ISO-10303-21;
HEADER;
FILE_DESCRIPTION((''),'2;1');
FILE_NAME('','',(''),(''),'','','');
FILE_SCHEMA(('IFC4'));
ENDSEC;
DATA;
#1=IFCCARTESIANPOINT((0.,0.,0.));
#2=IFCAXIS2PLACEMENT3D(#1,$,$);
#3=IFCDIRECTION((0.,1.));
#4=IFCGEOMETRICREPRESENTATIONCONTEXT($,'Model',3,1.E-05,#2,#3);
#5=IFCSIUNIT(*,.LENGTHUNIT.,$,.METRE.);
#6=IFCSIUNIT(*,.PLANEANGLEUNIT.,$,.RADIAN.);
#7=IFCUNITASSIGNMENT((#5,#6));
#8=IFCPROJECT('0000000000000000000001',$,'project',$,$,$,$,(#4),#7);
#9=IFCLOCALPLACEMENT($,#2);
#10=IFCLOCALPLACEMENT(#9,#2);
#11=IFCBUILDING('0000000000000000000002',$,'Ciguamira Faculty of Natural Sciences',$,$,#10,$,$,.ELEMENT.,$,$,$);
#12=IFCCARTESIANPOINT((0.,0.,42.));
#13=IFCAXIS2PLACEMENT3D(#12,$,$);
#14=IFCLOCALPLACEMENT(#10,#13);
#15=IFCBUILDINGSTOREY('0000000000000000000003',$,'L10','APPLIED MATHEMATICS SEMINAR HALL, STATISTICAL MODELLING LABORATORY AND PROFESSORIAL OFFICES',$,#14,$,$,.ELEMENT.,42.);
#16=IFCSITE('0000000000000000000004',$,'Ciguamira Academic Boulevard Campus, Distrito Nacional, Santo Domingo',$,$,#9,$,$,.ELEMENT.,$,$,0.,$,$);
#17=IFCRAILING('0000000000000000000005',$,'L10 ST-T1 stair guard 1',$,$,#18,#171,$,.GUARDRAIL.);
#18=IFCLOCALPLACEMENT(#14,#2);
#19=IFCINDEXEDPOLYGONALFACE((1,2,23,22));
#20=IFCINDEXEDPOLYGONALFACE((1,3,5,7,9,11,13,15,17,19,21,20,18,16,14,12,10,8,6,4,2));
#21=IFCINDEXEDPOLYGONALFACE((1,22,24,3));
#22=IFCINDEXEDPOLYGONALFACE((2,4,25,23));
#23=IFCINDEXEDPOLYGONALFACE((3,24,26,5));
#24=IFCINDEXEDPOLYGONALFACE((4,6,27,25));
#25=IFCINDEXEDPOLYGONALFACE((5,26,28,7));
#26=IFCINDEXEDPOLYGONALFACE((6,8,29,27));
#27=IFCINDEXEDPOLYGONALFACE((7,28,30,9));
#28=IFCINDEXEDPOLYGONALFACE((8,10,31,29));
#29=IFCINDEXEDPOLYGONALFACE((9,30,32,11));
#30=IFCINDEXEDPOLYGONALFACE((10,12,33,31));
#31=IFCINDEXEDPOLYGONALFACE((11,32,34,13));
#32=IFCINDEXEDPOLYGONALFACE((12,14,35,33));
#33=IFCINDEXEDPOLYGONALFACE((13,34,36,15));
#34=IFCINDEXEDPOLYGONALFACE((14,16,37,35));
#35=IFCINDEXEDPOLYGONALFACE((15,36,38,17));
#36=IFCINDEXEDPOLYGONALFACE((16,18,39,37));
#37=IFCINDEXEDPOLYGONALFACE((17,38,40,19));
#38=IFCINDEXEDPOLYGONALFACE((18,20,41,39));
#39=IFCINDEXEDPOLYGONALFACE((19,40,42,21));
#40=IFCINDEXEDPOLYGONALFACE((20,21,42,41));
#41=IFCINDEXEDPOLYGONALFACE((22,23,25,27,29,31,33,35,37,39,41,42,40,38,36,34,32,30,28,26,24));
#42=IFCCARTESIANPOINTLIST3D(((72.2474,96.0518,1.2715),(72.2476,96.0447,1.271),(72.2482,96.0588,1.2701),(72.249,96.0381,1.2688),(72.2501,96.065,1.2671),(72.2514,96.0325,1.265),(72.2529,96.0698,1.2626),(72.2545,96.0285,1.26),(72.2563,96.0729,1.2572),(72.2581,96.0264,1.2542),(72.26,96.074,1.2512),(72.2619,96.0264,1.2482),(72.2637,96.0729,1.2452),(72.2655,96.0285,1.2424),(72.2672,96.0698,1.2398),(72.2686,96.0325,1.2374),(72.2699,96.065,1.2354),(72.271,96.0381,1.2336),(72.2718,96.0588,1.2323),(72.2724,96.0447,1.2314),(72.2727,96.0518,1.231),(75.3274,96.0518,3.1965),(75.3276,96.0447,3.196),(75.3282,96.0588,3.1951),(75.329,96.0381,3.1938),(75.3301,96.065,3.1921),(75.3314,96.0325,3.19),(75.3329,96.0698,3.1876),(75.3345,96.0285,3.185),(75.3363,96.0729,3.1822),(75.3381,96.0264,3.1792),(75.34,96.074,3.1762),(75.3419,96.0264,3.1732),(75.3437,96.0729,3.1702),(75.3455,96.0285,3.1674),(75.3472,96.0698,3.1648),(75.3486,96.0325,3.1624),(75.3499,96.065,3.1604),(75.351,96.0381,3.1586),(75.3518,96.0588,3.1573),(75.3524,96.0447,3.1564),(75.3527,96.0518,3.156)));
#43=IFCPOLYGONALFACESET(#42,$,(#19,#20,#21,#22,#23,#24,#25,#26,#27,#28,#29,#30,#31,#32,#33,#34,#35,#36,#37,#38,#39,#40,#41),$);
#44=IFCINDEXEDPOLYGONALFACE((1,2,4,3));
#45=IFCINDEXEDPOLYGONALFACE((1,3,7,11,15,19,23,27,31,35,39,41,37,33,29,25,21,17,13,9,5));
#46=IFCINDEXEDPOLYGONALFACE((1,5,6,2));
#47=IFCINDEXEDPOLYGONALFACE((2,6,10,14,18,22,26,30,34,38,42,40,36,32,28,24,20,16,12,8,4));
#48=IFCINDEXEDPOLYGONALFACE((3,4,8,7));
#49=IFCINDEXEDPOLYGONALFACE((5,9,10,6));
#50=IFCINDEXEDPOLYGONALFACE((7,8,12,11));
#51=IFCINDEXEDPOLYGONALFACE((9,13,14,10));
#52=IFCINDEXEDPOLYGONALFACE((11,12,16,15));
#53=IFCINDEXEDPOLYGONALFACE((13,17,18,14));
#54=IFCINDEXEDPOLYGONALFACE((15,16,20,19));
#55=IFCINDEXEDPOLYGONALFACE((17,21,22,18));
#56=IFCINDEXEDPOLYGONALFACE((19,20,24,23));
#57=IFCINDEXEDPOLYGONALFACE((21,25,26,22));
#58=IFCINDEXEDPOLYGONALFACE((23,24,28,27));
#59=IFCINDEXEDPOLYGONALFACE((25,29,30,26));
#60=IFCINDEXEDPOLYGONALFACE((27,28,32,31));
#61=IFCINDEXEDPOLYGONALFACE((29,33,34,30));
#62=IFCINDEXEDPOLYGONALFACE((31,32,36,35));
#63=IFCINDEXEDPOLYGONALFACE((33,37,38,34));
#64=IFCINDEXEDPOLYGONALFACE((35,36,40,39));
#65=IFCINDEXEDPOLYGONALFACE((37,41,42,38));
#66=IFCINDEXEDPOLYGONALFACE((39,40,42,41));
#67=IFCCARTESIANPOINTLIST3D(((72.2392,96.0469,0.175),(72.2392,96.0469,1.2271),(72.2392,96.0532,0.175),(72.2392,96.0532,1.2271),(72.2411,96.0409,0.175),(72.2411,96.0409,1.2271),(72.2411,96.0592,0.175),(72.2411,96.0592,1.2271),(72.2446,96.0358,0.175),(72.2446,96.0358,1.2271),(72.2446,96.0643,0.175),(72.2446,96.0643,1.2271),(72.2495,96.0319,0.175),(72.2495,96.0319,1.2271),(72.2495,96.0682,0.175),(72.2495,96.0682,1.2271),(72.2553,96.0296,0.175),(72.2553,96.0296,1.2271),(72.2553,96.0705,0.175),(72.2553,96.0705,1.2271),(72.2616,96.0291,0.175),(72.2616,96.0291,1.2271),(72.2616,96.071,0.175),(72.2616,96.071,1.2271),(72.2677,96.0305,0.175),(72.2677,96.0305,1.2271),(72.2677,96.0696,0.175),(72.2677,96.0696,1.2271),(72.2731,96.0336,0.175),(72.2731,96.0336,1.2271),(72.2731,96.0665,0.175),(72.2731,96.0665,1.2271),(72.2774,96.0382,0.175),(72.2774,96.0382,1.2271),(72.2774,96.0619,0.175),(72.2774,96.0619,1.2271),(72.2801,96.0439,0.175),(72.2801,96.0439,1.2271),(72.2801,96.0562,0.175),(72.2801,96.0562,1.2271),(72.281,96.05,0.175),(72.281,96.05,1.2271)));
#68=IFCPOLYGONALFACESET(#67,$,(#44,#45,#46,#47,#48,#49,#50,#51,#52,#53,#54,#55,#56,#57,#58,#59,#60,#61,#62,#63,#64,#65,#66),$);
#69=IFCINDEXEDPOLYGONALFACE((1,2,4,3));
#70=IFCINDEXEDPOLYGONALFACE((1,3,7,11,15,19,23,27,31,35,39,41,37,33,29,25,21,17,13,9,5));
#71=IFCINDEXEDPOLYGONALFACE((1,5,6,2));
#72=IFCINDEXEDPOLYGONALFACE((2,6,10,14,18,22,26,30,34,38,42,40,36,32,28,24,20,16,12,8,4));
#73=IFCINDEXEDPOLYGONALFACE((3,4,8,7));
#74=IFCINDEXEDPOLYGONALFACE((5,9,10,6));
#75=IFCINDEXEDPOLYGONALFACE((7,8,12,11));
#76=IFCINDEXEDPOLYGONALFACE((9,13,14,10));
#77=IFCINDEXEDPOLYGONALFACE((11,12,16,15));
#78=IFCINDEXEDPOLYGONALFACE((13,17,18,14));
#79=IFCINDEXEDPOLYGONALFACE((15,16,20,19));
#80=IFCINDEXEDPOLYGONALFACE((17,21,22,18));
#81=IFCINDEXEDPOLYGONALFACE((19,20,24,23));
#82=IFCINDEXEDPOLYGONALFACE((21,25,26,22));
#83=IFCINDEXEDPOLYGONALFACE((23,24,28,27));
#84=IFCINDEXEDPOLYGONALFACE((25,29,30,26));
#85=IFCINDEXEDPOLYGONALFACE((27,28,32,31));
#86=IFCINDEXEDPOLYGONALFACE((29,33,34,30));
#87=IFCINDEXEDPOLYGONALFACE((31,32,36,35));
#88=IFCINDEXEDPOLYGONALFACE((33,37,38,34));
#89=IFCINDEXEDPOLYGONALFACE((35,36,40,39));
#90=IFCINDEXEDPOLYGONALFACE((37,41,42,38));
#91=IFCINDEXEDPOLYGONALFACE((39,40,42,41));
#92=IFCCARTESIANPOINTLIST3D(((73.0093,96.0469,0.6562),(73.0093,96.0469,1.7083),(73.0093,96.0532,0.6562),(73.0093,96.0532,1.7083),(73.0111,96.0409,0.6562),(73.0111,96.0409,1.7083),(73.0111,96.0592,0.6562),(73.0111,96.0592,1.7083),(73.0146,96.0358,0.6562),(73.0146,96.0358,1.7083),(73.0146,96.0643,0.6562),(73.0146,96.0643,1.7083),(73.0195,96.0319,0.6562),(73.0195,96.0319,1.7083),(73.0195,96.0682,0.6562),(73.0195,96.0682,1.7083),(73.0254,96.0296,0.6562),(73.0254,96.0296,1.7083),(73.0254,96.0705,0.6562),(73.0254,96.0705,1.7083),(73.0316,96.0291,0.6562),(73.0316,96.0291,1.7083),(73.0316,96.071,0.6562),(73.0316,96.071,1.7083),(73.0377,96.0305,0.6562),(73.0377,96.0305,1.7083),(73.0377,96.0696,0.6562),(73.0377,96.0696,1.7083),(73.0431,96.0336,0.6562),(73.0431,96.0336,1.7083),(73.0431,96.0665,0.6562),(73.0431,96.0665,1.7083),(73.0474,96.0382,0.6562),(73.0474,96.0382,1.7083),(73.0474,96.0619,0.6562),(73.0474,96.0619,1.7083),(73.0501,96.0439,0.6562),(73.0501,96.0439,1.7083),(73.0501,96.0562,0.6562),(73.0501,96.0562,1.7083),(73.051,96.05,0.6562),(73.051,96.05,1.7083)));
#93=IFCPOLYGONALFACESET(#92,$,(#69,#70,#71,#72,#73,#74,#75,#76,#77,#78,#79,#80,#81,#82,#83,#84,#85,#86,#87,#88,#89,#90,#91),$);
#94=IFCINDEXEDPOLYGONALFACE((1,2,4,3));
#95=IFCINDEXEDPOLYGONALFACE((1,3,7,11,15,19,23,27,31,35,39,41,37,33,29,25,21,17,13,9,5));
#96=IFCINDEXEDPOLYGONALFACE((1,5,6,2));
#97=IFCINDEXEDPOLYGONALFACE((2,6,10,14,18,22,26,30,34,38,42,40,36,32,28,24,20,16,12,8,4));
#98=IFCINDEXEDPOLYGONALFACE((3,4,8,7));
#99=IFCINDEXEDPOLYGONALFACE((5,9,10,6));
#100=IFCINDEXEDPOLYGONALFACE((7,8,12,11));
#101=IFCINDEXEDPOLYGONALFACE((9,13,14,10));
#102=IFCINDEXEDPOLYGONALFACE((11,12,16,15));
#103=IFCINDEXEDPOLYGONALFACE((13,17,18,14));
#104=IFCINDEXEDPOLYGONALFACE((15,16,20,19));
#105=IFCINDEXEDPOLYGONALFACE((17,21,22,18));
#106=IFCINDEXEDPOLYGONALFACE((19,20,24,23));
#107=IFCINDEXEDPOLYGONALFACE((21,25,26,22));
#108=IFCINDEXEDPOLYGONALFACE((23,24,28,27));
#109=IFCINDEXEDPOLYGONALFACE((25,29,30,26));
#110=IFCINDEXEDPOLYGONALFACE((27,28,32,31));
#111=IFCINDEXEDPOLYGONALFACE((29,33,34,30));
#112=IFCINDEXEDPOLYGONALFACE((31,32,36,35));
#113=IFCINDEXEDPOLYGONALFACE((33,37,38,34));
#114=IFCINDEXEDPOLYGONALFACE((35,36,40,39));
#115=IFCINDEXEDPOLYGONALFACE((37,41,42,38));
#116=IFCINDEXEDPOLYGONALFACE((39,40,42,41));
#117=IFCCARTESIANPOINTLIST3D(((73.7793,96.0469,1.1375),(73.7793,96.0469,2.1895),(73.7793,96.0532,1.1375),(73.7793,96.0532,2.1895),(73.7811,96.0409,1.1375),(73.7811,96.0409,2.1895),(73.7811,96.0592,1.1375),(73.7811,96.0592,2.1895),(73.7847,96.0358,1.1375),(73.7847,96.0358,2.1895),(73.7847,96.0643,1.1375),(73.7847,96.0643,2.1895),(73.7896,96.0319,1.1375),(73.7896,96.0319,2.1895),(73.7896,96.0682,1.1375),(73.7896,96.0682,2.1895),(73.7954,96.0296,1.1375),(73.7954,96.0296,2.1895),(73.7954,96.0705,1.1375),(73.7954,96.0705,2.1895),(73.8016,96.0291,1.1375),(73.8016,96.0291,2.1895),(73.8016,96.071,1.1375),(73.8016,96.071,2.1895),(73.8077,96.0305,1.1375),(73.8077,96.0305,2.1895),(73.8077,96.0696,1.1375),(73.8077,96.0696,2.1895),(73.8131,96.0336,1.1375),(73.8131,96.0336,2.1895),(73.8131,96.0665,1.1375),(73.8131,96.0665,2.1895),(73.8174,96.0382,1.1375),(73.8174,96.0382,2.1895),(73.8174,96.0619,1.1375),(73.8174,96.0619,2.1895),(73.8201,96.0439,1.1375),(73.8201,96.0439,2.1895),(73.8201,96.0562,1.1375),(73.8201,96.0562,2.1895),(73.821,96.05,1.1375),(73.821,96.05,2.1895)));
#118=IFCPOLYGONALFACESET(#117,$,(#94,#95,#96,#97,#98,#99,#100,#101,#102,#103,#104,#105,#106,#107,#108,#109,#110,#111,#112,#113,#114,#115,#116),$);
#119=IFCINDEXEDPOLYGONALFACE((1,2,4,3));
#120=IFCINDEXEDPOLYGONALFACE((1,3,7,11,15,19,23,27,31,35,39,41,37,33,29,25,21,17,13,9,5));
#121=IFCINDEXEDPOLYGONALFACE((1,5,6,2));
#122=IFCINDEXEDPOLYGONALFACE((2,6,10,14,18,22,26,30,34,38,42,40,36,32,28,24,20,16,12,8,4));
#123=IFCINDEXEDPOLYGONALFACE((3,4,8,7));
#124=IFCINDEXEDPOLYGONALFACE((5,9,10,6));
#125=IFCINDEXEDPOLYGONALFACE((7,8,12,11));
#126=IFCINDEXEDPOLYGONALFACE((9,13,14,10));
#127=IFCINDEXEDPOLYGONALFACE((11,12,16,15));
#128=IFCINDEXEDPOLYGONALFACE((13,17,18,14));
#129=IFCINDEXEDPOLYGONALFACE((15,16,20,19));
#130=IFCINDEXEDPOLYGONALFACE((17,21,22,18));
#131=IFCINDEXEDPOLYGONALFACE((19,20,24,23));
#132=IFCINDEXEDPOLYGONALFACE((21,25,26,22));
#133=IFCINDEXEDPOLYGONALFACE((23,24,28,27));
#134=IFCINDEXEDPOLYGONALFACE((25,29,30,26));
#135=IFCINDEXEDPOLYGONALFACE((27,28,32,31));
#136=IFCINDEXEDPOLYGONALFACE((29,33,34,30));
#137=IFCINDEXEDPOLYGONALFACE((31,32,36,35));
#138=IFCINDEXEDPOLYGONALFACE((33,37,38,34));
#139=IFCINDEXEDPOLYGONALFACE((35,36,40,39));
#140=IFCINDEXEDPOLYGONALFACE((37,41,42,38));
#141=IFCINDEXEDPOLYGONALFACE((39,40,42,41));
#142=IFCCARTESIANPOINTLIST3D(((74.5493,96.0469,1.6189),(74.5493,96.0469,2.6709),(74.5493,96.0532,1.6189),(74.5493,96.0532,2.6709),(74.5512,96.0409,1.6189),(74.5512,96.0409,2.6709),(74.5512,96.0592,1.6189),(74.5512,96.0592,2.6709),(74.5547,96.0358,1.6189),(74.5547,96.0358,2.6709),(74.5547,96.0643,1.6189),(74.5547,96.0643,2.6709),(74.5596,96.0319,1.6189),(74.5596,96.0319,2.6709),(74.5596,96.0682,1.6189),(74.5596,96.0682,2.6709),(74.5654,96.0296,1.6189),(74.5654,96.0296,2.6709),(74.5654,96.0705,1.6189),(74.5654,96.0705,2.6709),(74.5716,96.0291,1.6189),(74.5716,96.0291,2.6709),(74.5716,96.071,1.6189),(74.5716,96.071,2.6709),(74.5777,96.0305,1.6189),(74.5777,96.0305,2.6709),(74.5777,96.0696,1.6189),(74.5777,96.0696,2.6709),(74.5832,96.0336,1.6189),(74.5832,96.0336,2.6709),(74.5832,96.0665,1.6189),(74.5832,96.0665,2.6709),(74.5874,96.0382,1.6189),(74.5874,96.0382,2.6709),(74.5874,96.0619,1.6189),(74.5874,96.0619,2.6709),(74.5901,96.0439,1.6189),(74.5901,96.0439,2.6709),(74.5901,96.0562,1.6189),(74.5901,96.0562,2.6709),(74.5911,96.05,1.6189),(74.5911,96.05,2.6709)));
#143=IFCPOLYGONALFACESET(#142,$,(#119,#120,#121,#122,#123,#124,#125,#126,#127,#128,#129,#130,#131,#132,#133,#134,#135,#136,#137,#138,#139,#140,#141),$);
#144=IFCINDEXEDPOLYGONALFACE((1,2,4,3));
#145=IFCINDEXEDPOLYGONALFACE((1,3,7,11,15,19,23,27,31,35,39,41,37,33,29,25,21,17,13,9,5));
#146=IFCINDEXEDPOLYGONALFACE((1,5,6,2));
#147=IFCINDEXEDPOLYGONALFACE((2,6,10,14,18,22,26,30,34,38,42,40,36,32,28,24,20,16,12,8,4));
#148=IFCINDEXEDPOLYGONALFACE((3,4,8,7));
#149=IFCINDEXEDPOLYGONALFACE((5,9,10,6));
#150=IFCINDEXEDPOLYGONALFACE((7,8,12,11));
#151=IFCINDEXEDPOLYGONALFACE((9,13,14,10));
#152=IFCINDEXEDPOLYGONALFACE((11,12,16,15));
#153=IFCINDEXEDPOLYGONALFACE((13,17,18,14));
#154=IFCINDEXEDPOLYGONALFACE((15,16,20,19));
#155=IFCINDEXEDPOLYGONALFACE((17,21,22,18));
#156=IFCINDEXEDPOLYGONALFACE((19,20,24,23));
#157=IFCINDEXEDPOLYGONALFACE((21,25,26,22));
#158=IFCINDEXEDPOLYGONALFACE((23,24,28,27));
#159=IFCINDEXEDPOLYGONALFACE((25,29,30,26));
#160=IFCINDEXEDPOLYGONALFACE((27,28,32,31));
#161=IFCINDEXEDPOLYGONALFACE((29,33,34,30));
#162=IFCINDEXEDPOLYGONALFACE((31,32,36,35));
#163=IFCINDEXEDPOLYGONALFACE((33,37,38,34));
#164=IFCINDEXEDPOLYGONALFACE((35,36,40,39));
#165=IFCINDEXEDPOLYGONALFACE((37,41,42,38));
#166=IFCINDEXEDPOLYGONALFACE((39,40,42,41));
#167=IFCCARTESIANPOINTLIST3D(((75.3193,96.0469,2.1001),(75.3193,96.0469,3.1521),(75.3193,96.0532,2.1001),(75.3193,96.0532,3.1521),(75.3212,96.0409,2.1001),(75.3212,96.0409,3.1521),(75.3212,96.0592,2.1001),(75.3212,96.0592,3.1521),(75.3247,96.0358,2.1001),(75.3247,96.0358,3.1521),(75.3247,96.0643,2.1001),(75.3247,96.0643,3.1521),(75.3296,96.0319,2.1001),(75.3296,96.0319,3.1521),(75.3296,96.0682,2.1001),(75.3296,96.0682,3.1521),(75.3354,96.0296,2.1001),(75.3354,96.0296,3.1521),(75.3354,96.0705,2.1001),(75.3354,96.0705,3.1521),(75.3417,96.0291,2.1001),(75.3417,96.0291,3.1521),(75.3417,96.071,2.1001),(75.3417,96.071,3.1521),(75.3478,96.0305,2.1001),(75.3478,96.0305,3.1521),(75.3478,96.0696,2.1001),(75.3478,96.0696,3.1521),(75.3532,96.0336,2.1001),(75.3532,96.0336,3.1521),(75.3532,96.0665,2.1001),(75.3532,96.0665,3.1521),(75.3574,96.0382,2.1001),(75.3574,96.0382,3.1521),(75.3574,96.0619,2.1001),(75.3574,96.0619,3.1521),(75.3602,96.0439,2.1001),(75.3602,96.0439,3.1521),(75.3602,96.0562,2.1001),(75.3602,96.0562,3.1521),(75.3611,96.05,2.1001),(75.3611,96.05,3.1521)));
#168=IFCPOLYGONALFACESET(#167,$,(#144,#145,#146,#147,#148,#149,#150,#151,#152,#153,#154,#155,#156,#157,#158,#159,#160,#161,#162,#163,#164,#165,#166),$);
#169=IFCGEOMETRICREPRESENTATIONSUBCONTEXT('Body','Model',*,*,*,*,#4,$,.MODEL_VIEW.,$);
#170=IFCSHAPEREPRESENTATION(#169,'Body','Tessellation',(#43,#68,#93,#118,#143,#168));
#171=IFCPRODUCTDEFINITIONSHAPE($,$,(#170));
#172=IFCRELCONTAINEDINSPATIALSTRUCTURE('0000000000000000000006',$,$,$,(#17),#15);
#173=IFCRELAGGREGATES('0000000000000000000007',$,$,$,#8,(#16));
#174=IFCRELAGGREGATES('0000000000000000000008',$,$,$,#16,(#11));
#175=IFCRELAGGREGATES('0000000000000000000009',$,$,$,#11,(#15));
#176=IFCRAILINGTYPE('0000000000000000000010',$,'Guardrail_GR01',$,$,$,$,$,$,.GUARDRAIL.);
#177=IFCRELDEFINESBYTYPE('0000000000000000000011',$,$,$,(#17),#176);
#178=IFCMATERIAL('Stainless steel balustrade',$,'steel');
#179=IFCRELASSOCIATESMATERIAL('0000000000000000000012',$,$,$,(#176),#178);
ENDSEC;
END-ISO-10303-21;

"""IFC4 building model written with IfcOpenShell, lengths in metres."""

from ifc_helpers import new_model, si_unit, direction, frame, origin, origin_2d, place, context, subcontext, project, spatial, circle, extrude, material, type_object, element, save


model = new_model("IFC4")

# Units and contexts
model_context = context("Model", 3, precision=1e-05, world=origin(), true_north=direction((0.0, 1.0)))
body_context = subcontext(model_context, "Body", "Model", "MODEL_VIEW")
ifc_project = project(units=[si_unit("LENGTHUNIT", "METRE"), si_unit("PLANEANGLEUNIT", "RADIAN")], contexts=[model_context])

# Site, building, storey
site_placement = place(None, origin())
site = spatial("IfcSite", under=ifc_project, at=site_placement, Name="Ciguamira Academic Boulevard Campus, Distrito Nacional, Santo Domingo", CompositionType="ELEMENT", RefElevation=0.0)
building_placement = place(site_placement, origin())
building = spatial("IfcBuilding", under=site, at=building_placement, Name="Ciguamira Faculty of Natural Sciences", CompositionType="ELEMENT")
storey_placement = place(building_placement, frame((0.0, 0.0, 42.0)))
storey = spatial("IfcBuildingStorey", under=building, at=storey_placement, Name="L10", Description="APPLIED MATHEMATICS SEMINAR HALL, STATISTICAL MODELLING LABORATORY AND PROFESSORIAL OFFICES", CompositionType="ELEMENT", Elevation=42.0)

# Railing
ifc_material_1 = material(Name="Stainless steel balustrade", Category="steel")
railing_type_1 = type_object("IfcRailingType", Name="Guardrail_GR01", PredefinedType="GUARDRAIL", material=ifc_material_1)
railing_1_placement = place(storey_placement, frame((72.26, 96.05, 0.175)))
element("IfcRailing", 1, at=railing_1_placement, inside=storey, type_object=railing_type_1, Name="L10 ST-T1 stair guard 1", PredefinedType="GUARDRAIL", context=body_context, shape_type="SweptSolid", body=[
    extrude(circle(Radius=0.0239, at=origin_2d()), frame((0.0, 0.0, 1.0762), z_axis=(0.847998, 0.0, 0.529999), x_axis=(0.0, 1.0, 0.0)), (0.0, 0.0, 1.0), 3.6321),
    extrude(circle(Radius=0.021, at=origin_2d()), origin(), (0.0, 0.0, 1.0), 1.052),
    extrude(circle(Radius=0.021, at=origin_2d()), frame((0.77, 0.0, 0.4812)), (0.0, 0.0, 1.0), 1.052),
    extrude(circle(Radius=0.021, at=origin_2d()), frame((1.54, 0.0, 0.9624)), (0.0, 0.0, 1.0), 1.052),
    extrude(circle(Radius=0.021, at=origin_2d()), frame((2.3101, 0.0, 1.4438)), (0.0, 0.0, 1.0), 1.052),
    extrude(circle(Radius=0.021, at=origin_2d()), frame((3.0801, 0.0, 1.925)), (0.0, 0.0, 1.0), 1.052),
])

save(model, "model.ifc")
